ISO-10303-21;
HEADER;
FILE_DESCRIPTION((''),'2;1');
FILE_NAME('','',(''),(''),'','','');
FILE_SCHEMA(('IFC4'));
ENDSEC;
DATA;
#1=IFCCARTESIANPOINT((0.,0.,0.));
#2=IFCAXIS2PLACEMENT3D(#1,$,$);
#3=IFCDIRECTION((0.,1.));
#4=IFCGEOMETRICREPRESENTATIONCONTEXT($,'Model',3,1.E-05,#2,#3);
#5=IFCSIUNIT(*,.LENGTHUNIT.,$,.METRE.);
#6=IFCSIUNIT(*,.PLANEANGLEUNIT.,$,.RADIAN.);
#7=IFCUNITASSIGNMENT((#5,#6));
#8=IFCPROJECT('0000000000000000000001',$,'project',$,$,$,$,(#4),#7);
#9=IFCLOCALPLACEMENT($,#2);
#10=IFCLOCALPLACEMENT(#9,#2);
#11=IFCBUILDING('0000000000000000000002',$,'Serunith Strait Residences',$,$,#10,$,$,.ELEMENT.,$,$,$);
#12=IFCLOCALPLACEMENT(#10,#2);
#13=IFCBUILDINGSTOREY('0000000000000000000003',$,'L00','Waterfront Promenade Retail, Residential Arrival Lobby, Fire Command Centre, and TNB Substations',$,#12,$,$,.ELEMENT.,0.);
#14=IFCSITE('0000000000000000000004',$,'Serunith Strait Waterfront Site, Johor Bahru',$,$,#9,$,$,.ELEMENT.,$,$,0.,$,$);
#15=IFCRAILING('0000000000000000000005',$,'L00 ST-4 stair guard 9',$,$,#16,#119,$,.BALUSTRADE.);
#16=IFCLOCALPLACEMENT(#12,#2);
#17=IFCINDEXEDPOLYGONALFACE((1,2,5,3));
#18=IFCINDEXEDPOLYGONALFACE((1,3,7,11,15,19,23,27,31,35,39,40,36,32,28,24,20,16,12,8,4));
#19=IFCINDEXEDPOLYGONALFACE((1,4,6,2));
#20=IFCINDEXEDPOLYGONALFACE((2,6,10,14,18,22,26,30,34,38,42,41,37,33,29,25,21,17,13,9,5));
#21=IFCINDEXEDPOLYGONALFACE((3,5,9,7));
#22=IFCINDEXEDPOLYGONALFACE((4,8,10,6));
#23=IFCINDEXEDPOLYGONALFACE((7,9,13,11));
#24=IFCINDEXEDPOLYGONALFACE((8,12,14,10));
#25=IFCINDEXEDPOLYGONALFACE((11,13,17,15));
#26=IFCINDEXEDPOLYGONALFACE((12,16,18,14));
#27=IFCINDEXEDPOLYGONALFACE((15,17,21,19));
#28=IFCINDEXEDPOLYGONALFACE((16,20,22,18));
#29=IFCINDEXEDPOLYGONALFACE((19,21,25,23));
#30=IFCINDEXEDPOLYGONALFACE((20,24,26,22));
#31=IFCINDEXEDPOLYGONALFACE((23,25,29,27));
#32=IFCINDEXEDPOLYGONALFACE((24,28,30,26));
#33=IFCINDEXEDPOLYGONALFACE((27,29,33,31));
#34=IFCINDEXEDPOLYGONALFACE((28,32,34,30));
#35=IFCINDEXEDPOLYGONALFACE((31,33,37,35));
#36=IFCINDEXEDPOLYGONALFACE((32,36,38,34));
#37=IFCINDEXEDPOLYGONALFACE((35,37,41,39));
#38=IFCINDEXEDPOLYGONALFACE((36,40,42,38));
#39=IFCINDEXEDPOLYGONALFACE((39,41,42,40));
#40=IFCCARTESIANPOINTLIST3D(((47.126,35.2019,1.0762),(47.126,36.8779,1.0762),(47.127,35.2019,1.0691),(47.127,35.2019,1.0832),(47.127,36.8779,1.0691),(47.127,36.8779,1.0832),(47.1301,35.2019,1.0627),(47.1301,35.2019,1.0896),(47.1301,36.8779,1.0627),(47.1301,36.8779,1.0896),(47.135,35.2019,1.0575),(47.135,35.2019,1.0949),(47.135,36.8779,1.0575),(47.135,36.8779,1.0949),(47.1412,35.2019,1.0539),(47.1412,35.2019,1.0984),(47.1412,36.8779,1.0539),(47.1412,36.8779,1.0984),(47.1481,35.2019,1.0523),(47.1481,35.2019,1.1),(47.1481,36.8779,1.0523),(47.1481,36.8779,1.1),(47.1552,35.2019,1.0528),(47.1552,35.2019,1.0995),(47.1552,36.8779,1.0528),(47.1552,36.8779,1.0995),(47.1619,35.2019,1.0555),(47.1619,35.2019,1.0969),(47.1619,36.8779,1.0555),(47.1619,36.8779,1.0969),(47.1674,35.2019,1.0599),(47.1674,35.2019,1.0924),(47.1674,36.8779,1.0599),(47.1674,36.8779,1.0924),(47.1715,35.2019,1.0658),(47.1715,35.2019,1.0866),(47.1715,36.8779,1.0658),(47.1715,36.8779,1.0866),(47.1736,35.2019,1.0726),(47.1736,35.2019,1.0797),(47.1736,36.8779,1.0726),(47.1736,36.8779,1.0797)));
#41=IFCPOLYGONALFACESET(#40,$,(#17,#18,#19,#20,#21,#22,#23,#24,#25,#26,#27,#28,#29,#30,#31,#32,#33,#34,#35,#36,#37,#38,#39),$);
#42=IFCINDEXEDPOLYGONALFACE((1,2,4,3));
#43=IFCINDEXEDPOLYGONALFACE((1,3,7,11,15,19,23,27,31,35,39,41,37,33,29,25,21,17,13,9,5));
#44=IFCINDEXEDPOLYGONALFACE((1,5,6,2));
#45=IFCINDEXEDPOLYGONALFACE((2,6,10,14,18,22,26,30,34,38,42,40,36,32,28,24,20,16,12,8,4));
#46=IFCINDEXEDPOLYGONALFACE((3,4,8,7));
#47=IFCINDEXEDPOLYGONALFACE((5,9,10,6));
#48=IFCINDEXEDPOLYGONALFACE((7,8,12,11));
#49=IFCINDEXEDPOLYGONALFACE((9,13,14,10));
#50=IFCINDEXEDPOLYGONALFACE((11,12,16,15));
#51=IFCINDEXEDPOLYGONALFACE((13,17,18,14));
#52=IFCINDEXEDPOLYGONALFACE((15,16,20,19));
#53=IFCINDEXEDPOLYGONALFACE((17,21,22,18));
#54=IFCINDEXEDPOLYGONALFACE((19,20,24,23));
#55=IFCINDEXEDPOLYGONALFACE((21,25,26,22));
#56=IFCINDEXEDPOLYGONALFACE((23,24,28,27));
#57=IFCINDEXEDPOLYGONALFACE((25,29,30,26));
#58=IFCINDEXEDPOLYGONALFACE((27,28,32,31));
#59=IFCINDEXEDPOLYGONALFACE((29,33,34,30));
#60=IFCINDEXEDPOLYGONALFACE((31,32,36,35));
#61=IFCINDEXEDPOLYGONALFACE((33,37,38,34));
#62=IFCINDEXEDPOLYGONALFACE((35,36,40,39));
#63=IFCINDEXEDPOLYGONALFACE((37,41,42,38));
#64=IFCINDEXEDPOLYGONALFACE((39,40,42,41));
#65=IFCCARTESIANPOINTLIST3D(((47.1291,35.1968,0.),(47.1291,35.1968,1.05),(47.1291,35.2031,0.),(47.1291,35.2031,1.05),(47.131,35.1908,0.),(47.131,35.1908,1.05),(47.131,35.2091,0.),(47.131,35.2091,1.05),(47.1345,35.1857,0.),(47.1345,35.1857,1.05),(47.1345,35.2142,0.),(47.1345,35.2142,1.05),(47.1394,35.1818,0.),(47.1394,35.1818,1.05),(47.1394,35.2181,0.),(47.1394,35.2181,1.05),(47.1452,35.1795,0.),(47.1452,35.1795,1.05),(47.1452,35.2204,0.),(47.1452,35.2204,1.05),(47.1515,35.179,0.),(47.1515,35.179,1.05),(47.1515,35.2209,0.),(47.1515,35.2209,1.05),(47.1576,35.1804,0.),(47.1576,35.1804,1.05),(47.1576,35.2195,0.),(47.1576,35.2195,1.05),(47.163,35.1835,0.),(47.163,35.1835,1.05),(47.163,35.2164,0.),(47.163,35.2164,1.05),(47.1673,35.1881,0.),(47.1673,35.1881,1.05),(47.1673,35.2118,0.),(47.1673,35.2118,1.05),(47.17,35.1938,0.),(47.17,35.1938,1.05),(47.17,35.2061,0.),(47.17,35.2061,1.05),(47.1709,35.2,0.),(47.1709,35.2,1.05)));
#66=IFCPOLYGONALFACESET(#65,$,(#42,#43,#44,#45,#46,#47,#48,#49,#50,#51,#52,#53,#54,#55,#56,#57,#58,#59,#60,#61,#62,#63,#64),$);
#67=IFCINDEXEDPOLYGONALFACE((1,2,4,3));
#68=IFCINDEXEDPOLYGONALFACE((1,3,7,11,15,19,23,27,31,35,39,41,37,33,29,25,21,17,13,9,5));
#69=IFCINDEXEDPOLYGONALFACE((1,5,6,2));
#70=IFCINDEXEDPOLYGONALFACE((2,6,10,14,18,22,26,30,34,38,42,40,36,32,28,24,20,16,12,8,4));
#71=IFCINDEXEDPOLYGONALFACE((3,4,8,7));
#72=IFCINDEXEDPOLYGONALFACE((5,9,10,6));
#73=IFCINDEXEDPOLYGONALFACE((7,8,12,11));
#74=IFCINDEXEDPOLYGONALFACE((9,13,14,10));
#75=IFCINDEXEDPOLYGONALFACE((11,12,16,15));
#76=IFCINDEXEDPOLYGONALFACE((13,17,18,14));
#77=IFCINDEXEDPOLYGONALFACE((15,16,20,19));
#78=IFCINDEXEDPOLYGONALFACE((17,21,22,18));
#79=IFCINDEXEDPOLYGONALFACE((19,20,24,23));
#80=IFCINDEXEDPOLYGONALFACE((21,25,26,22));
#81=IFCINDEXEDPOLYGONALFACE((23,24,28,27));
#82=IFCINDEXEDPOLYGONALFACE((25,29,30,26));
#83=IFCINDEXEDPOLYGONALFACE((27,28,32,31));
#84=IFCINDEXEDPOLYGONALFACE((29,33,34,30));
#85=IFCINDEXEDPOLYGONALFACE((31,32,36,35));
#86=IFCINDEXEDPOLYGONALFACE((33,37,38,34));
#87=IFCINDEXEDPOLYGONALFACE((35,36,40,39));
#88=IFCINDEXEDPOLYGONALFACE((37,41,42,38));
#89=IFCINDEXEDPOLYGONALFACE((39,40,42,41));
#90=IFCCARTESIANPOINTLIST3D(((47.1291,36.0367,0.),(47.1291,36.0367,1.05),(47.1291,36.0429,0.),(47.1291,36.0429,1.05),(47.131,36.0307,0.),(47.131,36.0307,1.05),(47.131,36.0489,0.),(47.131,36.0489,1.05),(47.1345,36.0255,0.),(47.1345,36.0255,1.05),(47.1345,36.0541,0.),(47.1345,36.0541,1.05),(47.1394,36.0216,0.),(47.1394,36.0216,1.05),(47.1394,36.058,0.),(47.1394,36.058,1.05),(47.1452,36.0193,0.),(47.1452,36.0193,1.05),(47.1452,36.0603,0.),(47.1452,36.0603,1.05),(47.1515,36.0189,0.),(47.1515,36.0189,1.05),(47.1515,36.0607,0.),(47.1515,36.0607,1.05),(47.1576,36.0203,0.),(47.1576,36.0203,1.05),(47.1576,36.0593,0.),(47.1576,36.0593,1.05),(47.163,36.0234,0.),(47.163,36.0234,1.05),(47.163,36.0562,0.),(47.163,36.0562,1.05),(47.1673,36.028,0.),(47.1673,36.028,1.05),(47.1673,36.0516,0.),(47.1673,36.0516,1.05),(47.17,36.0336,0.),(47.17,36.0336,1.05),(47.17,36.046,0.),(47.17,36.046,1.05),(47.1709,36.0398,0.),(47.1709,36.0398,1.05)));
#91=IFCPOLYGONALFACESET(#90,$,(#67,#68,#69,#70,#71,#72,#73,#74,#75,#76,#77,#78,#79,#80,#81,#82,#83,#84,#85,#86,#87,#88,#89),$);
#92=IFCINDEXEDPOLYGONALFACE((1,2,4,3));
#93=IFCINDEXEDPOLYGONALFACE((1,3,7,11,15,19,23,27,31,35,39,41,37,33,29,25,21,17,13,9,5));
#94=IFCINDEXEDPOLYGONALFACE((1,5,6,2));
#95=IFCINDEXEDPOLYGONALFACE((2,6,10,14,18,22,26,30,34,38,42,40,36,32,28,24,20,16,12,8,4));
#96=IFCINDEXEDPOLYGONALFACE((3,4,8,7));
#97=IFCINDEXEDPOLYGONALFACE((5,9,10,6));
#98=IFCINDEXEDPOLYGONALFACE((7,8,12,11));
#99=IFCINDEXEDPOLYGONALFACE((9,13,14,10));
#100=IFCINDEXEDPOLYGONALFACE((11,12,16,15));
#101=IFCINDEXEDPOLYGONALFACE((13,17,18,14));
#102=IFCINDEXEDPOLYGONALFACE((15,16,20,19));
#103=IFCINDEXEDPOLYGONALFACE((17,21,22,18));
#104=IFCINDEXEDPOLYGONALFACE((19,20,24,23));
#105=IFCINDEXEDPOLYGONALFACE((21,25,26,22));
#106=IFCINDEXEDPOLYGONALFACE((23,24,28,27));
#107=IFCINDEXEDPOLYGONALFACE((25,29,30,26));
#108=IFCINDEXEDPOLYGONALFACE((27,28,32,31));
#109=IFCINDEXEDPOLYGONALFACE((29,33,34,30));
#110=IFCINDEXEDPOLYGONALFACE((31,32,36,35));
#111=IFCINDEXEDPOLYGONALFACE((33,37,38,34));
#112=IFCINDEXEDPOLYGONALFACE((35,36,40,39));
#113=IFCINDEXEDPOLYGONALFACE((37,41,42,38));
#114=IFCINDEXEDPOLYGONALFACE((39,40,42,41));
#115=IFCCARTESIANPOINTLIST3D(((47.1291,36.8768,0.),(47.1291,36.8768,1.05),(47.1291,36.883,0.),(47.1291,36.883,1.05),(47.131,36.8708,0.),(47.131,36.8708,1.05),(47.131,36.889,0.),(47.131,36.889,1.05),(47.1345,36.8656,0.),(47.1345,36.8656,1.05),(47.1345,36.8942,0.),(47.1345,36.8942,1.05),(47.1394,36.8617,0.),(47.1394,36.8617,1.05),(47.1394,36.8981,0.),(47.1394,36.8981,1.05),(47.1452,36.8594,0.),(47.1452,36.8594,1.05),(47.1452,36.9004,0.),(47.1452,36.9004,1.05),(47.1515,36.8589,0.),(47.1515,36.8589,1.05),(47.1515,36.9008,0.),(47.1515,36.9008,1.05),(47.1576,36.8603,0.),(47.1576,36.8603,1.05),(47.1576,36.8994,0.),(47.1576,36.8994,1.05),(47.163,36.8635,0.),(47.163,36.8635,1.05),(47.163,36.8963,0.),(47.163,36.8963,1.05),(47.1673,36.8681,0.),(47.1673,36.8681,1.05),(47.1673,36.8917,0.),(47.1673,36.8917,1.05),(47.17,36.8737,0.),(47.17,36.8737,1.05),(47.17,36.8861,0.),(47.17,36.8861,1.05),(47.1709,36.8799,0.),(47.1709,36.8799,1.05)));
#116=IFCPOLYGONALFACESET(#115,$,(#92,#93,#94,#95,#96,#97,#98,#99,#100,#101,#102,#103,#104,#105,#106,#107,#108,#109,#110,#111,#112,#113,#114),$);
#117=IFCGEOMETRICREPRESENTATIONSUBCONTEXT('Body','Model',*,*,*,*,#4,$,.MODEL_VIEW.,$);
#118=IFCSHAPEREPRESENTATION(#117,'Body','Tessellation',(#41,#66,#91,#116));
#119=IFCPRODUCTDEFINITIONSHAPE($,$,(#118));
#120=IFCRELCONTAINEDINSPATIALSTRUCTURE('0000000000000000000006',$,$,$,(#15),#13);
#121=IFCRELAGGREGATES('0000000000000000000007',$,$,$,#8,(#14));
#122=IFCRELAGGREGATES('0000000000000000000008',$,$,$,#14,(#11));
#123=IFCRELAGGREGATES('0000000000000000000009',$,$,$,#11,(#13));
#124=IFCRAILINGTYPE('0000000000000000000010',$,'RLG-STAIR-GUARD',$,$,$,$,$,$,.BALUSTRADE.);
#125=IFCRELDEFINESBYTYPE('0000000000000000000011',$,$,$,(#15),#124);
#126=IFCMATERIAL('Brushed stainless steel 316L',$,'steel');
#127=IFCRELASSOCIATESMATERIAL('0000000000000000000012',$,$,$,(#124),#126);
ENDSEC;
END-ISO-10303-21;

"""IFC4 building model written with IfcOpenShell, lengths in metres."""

from ifc_helpers import new_model, si_unit, direction, frame, origin, origin_2d, place, context, subcontext, project, spatial, circle, extrude, material, type_object, element, save


model = new_model("IFC4")

# Units and contexts
model_context = context("Model", 3, precision=1e-05, world=origin(), true_north=direction((0.0, 1.0)))
body_context = subcontext(model_context, "Body", "Model", "MODEL_VIEW")
ifc_project = project(units=[si_unit("LENGTHUNIT", "METRE"), si_unit("PLANEANGLEUNIT", "RADIAN")], contexts=[model_context])

# Site, building, storey
site_placement = place(None, origin())
site = spatial("IfcSite", under=ifc_project, at=site_placement, Name="Serunith Strait Waterfront Site, Johor Bahru", CompositionType="ELEMENT", RefElevation=0.0)
building_placement = place(site_placement, origin())
building = spatial("IfcBuilding", under=site, at=building_placement, Name="Serunith Strait Residences", CompositionType="ELEMENT")
storey_placement = place(building_placement, origin())
storey = spatial("IfcBuildingStorey", under=building, at=storey_placement, Name="L00", Description="Waterfront Promenade Retail, Residential Arrival Lobby, Fire Command Centre, and TNB Substations", CompositionType="ELEMENT", Elevation=0.0)

# Railing
ifc_material_1 = material(Name="Brushed stainless steel 316L", Category="steel")
railing_type_1 = type_object("IfcRailingType", Name="RLG-STAIR-GUARD", PredefinedType="BALUSTRADE", material=ifc_material_1)
for number, where, name in (
    (1, (47.1499, 35.2, 0.0), "L00 ST-4 stair guard 9"),
):
    element("IfcRailing", number, at=place(storey_placement, frame(where)), inside=storey, type_object=railing_type_1, Name=name, PredefinedType="BALUSTRADE", context=body_context, shape_type="SweptSolid", body=[
        extrude(circle(Radius=0.0239, at=origin_2d()), frame((0.0, 0.002, 1.0762), z_axis=(0.0, 1.0, 0.0), x_axis=(-1.0, 0.0, 0.0)), (0.0, 0.0, 1.0), 1.676),
        extrude(circle(Radius=0.021, at=origin_2d()), origin(), (0.0, 0.0, 1.0), 1.05),
        extrude(circle(Radius=0.021, at=origin_2d()), frame((0.0, 0.8398, 0.0)), (0.0, 0.0, 1.0), 1.05),
        extrude(circle(Radius=0.021, at=origin_2d()), frame((0.0, 1.6799, 0.0)), (0.0, 0.0, 1.0), 1.05),
    ])

save(model, "model.ifc")
